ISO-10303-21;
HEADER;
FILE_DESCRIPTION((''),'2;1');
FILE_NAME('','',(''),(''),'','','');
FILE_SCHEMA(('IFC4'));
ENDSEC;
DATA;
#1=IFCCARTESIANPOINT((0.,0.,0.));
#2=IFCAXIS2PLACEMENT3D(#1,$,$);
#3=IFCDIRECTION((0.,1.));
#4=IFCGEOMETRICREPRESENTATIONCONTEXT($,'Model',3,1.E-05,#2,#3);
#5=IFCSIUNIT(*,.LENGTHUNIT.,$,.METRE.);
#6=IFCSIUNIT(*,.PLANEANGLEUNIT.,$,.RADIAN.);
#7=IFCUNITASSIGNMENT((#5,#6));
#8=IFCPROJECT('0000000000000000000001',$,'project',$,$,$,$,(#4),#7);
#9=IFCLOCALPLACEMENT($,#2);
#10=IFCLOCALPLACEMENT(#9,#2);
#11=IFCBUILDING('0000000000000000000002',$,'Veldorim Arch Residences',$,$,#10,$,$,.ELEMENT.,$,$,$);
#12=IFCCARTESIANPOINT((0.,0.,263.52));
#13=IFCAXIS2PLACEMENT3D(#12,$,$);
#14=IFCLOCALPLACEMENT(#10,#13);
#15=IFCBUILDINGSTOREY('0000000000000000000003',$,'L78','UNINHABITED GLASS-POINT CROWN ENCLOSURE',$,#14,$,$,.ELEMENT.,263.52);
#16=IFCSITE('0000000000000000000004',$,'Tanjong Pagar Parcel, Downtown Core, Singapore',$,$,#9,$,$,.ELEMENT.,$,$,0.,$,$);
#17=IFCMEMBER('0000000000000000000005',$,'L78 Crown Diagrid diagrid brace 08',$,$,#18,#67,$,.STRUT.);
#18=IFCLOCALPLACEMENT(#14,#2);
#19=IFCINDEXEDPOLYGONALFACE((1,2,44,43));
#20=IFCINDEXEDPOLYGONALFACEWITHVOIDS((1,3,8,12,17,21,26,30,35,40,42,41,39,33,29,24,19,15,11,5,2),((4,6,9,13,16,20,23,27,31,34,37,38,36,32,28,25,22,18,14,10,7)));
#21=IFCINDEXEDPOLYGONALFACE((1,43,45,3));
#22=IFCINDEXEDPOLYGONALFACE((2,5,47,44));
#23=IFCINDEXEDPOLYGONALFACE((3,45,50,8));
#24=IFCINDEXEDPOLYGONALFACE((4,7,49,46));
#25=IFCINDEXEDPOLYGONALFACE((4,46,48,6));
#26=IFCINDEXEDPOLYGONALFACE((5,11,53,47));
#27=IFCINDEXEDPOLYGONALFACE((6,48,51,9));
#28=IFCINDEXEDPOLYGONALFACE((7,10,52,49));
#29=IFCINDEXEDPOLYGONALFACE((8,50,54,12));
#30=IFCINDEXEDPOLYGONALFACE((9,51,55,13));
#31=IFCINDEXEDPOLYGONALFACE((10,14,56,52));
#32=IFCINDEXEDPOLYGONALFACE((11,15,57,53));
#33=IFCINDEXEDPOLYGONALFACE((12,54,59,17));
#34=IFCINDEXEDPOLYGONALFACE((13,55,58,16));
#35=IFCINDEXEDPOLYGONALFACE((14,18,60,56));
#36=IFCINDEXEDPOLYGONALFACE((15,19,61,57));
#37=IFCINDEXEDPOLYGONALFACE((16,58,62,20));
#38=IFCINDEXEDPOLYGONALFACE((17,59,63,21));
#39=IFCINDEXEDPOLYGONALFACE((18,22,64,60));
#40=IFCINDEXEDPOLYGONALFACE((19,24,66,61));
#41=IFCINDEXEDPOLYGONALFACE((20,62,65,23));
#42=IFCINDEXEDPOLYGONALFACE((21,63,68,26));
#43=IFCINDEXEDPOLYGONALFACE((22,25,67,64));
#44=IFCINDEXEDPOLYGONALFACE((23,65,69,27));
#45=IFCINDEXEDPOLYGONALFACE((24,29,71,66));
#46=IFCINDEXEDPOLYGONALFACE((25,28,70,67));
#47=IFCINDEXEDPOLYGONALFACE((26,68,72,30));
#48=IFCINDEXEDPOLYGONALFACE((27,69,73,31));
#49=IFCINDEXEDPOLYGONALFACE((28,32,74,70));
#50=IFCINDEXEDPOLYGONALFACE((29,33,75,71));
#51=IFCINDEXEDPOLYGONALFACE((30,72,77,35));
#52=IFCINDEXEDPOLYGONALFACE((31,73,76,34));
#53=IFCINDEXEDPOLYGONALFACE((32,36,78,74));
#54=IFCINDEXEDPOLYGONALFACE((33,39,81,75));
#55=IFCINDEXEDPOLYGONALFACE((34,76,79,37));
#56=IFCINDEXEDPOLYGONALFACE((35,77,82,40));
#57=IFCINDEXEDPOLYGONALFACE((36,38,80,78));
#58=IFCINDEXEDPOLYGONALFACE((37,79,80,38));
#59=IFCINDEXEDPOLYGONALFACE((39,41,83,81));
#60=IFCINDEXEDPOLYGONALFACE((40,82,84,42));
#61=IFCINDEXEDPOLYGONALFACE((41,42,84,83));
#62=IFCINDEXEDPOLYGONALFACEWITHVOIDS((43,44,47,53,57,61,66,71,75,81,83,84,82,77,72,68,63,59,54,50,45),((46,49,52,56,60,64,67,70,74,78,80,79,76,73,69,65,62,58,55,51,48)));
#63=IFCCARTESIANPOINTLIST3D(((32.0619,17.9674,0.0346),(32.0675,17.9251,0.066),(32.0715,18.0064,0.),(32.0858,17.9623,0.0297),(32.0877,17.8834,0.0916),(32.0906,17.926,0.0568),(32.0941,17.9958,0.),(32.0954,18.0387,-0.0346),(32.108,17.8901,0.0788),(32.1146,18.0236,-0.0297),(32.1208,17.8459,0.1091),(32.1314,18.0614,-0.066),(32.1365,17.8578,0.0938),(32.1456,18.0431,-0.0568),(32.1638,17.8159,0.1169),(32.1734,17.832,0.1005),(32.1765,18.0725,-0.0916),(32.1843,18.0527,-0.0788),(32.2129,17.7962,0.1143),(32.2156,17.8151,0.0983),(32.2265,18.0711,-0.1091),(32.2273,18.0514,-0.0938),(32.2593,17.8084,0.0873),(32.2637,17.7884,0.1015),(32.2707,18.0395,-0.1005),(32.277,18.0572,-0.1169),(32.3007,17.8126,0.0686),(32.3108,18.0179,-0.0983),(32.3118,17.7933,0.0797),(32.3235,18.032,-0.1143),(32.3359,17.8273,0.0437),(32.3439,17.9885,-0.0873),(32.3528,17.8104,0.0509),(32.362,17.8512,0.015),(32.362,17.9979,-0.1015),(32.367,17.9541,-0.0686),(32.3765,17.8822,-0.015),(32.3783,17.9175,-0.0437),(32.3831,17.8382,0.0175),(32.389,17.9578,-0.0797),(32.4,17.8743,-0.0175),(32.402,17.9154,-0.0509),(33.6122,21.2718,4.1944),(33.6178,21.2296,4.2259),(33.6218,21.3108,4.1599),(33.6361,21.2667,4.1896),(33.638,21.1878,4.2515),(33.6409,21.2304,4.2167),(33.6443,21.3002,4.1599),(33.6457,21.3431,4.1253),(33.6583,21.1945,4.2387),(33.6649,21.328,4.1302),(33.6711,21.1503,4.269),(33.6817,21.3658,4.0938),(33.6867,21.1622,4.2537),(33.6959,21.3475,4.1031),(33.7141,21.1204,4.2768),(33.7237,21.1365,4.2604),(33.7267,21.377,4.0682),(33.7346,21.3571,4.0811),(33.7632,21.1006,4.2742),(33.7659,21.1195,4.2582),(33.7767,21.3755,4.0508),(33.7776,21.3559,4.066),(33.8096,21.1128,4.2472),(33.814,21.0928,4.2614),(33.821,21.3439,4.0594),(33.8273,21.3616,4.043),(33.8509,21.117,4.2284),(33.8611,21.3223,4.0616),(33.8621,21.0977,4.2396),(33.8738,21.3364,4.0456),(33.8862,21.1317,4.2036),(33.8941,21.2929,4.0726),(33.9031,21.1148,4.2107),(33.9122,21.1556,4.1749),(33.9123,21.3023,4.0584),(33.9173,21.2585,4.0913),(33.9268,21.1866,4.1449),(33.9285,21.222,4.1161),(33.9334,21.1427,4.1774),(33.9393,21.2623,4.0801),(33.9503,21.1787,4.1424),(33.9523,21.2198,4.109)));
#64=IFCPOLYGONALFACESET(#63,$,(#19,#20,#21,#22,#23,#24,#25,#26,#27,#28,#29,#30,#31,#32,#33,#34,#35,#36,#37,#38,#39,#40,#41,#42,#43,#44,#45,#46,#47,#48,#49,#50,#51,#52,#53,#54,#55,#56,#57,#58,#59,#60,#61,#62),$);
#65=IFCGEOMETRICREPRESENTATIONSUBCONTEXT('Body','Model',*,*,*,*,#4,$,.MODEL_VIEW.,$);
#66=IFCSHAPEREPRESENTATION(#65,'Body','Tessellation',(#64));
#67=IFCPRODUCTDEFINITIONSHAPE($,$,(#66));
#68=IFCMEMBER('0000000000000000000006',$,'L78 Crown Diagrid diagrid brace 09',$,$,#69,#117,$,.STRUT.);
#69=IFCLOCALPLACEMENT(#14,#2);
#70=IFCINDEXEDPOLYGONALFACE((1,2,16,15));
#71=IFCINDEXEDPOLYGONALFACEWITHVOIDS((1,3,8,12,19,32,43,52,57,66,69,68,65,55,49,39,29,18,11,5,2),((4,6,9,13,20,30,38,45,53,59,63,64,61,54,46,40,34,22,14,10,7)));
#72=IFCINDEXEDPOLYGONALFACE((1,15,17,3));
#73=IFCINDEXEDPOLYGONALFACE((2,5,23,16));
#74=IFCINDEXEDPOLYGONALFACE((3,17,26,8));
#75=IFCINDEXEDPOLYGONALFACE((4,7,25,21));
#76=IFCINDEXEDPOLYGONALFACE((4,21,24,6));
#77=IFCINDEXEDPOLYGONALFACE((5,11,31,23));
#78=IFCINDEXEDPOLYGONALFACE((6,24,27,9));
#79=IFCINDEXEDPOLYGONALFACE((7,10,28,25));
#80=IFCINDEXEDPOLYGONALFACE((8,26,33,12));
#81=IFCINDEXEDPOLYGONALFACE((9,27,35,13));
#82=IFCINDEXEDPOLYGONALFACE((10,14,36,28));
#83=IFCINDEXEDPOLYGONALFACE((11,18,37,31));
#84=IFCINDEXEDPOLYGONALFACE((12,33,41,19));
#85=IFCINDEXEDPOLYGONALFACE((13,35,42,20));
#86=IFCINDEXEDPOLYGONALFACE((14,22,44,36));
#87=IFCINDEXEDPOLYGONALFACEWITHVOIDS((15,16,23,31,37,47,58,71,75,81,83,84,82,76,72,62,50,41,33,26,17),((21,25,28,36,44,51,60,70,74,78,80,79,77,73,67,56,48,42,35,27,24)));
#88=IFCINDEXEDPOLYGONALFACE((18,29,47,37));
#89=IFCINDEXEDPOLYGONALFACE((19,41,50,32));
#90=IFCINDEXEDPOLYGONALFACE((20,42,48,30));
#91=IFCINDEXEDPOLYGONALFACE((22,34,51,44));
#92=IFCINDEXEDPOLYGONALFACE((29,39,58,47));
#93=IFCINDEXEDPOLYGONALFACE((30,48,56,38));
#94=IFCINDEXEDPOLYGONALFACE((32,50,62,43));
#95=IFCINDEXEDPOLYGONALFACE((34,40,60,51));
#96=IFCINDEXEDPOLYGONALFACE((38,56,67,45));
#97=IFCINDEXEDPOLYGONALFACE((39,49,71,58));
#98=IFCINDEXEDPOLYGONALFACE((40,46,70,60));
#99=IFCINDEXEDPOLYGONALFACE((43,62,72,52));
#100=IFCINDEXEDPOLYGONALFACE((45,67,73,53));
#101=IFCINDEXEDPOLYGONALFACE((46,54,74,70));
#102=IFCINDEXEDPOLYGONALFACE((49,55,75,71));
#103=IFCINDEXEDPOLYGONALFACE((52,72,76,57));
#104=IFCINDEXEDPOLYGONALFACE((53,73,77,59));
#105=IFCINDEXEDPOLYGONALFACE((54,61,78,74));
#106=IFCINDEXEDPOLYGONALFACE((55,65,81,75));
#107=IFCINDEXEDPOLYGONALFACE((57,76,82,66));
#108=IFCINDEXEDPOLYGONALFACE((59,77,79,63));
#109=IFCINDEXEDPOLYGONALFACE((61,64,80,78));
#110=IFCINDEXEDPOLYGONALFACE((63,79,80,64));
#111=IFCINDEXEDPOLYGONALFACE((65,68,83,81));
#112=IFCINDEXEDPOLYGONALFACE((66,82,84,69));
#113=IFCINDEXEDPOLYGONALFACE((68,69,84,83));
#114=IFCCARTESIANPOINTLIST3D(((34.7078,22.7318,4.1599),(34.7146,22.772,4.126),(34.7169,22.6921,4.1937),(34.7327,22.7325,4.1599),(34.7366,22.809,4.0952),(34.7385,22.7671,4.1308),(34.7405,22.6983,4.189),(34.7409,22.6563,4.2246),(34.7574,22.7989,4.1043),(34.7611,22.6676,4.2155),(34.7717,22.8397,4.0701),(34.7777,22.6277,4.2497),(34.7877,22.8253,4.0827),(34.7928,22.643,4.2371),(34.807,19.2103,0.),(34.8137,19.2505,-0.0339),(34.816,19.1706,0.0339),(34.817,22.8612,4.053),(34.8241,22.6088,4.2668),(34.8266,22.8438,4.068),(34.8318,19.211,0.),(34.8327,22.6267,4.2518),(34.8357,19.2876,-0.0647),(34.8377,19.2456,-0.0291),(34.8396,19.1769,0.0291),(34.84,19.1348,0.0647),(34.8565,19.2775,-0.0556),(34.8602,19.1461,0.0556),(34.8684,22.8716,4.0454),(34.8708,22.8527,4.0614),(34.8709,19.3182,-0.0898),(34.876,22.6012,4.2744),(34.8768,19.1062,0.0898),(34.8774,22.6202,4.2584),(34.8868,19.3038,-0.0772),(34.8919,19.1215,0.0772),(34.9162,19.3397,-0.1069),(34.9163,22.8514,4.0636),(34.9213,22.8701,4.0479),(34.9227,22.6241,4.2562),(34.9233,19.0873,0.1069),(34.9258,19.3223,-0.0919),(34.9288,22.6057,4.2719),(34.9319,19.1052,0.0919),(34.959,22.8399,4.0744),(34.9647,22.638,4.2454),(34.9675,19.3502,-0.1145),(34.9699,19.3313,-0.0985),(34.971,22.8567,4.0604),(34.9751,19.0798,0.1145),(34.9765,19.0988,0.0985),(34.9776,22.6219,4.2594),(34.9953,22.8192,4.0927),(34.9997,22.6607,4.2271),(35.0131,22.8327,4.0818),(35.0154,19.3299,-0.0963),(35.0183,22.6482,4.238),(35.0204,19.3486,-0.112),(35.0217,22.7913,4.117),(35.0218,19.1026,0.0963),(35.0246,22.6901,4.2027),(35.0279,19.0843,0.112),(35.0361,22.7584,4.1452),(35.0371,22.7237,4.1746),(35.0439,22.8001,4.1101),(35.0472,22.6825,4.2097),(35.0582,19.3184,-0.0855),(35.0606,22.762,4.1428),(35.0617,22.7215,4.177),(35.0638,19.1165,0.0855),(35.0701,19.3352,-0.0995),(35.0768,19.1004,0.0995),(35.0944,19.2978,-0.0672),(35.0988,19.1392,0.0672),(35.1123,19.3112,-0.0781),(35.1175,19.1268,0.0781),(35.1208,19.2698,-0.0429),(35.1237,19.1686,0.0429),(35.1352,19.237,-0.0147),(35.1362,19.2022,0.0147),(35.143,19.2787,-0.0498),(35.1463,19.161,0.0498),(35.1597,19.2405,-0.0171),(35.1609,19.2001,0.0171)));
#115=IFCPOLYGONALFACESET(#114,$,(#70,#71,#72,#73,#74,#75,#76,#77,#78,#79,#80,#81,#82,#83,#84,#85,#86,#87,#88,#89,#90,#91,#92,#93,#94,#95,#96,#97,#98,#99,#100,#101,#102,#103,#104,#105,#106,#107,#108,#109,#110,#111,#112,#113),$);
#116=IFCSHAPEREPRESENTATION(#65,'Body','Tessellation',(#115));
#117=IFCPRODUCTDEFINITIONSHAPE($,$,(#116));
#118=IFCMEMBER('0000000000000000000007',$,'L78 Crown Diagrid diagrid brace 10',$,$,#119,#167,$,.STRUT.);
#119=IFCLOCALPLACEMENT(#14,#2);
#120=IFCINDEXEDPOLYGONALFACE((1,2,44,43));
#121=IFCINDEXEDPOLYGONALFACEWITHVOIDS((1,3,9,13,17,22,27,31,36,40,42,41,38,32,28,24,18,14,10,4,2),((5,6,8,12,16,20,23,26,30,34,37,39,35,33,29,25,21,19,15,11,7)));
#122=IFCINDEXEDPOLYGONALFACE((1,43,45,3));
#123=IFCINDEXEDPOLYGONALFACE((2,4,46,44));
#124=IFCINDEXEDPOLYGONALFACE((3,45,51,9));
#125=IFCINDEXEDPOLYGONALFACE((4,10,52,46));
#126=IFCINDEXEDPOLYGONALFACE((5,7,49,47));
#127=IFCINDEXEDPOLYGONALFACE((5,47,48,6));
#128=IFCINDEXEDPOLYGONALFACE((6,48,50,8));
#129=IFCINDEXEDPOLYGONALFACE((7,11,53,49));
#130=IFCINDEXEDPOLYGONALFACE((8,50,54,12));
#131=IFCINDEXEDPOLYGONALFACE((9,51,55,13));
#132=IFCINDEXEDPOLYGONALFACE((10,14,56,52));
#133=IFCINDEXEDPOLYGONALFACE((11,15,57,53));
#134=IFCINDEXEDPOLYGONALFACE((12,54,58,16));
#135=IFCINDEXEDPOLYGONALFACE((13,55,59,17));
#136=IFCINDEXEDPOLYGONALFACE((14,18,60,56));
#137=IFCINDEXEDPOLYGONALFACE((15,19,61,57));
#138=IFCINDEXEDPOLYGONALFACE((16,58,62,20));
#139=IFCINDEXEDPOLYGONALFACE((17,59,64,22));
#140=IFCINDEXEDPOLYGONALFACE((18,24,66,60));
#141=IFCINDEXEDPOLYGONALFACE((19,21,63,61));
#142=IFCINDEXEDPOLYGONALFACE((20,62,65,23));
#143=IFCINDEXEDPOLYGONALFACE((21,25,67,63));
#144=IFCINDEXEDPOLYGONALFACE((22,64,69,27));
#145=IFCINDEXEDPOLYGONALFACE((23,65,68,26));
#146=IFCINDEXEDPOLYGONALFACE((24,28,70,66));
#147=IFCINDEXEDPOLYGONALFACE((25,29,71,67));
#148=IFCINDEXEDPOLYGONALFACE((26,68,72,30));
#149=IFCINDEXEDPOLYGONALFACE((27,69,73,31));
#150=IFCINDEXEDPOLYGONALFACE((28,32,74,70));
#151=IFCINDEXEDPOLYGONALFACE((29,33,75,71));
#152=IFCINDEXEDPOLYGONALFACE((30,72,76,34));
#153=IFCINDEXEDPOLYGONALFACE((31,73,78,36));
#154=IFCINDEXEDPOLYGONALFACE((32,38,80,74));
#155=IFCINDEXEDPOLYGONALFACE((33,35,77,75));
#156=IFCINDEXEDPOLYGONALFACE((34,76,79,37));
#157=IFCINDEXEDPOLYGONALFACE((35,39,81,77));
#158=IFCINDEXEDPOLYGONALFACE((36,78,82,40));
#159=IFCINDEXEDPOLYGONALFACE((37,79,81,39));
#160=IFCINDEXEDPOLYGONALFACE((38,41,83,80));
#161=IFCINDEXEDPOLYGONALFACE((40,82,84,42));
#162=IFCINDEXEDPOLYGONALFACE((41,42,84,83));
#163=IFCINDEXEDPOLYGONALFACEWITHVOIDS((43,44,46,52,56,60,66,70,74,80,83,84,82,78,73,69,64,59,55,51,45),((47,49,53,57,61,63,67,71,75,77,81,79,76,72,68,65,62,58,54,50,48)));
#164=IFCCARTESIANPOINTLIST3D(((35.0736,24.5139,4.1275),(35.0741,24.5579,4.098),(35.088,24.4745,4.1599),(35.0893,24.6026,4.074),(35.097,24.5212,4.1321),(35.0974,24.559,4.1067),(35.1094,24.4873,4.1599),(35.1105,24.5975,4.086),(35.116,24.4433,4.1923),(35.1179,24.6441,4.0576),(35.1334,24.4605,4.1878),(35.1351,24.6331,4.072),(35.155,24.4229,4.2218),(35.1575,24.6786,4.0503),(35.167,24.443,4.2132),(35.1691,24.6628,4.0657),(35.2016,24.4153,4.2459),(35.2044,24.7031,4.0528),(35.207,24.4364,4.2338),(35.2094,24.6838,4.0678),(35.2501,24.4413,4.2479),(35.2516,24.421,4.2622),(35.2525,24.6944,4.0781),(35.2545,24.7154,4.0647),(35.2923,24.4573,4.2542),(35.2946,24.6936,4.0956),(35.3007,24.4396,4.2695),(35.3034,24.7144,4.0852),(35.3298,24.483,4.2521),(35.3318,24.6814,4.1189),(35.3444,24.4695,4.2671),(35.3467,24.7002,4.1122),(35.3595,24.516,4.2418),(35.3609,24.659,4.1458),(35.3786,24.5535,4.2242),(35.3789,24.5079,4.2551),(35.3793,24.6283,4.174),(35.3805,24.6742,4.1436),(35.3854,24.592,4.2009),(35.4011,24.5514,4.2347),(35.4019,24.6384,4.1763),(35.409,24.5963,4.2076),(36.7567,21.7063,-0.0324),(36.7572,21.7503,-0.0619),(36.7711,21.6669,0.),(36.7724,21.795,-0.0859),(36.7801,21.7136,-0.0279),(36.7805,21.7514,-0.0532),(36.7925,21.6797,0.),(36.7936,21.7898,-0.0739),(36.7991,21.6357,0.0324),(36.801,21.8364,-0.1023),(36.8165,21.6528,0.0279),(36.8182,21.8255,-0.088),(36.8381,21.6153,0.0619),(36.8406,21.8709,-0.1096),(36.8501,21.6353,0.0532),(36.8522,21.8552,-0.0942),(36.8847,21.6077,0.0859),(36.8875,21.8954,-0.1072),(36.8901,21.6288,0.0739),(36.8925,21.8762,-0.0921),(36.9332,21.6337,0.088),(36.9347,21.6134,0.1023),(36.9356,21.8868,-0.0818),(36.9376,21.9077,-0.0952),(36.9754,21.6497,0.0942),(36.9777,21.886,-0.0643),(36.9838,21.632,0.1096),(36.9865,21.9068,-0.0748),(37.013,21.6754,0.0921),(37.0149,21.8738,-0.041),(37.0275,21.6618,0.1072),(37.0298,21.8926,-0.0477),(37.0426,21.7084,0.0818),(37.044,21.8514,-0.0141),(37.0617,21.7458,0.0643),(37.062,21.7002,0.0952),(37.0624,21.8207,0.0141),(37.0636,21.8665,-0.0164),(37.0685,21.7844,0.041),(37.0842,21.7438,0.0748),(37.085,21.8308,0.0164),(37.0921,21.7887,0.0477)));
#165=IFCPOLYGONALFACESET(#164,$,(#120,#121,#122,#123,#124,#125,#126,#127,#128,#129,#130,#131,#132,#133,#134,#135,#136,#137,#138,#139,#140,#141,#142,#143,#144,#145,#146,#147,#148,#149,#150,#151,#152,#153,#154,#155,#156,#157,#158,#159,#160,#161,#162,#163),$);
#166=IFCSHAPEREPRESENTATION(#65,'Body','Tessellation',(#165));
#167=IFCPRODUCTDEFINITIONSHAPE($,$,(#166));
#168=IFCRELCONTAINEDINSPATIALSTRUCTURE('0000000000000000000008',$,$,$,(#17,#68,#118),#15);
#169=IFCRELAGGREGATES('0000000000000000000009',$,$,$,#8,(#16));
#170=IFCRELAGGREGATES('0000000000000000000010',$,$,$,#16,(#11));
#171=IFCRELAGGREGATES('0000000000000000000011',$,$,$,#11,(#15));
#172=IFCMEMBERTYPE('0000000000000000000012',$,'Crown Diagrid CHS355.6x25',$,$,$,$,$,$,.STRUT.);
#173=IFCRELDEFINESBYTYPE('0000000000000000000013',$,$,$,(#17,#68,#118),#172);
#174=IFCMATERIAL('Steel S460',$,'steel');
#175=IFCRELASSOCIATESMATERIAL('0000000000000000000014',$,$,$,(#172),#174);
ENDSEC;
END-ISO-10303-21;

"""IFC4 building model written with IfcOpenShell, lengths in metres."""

from ifc_helpers import new_model, si_unit, direction, frame, origin, origin_2d, place, context, subcontext, project, spatial, hollow_circle, extrude, material, material_profile, profile_set, type_object, element, save


model = new_model("IFC4")

# Units and contexts
model_context = context("Model", 3, precision=1e-05, world=origin(), true_north=direction((0.0, 1.0)))
body_context = subcontext(model_context, "Body", "Model", "MODEL_VIEW")
ifc_project = project(units=[si_unit("LENGTHUNIT", "METRE"), si_unit("PLANEANGLEUNIT", "RADIAN")], contexts=[model_context])

# Site, building, storey
site_placement = place(None, origin())
site = spatial("IfcSite", under=ifc_project, at=site_placement, Name="Tanjong Pagar Parcel, Downtown Core, Singapore", CompositionType="ELEMENT", RefElevation=0.0)
building_placement = place(site_placement, origin())
building = spatial("IfcBuilding", under=site, at=building_placement, Name="Veldorim Arch Residences", CompositionType="ELEMENT")
storey_placement = place(building_placement, frame((0.0, 0.0, 263.52)))
storey = spatial("IfcBuildingStorey", under=building, at=storey_placement, Name="L78", Description="UNINHABITED GLASS-POINT CROWN ENCLOSURE", CompositionType="ELEMENT", Elevation=263.52)

# Members
ifc_material_1 = material(Name="Steel S460", Category="steel")
ifc_material_profile_1 = material_profile(ifc_material_1, hollow_circle(Radius=0.1777, WallThickness=0.0249, at=origin_2d()), Name="CHS355.6x25")
ifc_profile_set_1 = profile_set([ifc_material_profile_1], Name="Steel S460")
member_type_1 = type_object("IfcMemberType", Name="Crown Diagrid CHS355.6x25", PredefinedType="STRUT", material=ifc_profile_set_1)
member_1_placement = place(storey_placement, frame((32.2324, 17.9309, 0.0), z_axis=(0.280128, 0.597093, 0.751671), x_axis=(-0.905318, 0.424734, 0.0)))
element("IfcMember", 1, at=member_1_placement, inside=storey, type_object=member_type_1, Name="L78 Crown Diagrid diagrid brace 08", PredefinedType="STRUT", context=body_context, shape_type="SweptSolid", body=[
    extrude(hollow_circle(Radius=0.1777, WallThickness=0.0249, at=origin_2d()), origin(), (0.0, 0.0, 1.0), 5.5342),
])
member_2_placement = place(storey_placement, frame((34.9846, 19.2153, 0.0), z_axis=(-0.018183, 0.646002, 0.763119), x_axis=(-0.999604, -0.028136, 0.0)))
element("IfcMember", 2, at=member_2_placement, inside=storey, type_object=member_type_1, Name="L78 Crown Diagrid diagrid brace 09", PredefinedType="STRUT", context=body_context, shape_type="SweptSolid", body=[
    extrude(hollow_circle(Radius=0.1777, WallThickness=0.0249, at=origin_2d()), origin(), (0.0, 0.0, 1.0), 5.4512),
])
member_3_placement = place(storey_placement, frame((36.9236, 21.7583, 0.0), z_axis=(-0.317961, 0.530396, 0.785863), x_axis=(-0.85769, -0.514167, 0.0)))
element("IfcMember", 3, at=member_3_placement, inside=storey, type_object=member_type_1, Name="L78 Crown Diagrid diagrid brace 10", PredefinedType="STRUT", context=body_context, shape_type="SweptSolid", body=[
    extrude(hollow_circle(Radius=0.1777, WallThickness=0.0249, at=origin_2d()), origin(), (0.0, 0.0, 1.0), 5.2935),
])

save(model, "model.ifc")
